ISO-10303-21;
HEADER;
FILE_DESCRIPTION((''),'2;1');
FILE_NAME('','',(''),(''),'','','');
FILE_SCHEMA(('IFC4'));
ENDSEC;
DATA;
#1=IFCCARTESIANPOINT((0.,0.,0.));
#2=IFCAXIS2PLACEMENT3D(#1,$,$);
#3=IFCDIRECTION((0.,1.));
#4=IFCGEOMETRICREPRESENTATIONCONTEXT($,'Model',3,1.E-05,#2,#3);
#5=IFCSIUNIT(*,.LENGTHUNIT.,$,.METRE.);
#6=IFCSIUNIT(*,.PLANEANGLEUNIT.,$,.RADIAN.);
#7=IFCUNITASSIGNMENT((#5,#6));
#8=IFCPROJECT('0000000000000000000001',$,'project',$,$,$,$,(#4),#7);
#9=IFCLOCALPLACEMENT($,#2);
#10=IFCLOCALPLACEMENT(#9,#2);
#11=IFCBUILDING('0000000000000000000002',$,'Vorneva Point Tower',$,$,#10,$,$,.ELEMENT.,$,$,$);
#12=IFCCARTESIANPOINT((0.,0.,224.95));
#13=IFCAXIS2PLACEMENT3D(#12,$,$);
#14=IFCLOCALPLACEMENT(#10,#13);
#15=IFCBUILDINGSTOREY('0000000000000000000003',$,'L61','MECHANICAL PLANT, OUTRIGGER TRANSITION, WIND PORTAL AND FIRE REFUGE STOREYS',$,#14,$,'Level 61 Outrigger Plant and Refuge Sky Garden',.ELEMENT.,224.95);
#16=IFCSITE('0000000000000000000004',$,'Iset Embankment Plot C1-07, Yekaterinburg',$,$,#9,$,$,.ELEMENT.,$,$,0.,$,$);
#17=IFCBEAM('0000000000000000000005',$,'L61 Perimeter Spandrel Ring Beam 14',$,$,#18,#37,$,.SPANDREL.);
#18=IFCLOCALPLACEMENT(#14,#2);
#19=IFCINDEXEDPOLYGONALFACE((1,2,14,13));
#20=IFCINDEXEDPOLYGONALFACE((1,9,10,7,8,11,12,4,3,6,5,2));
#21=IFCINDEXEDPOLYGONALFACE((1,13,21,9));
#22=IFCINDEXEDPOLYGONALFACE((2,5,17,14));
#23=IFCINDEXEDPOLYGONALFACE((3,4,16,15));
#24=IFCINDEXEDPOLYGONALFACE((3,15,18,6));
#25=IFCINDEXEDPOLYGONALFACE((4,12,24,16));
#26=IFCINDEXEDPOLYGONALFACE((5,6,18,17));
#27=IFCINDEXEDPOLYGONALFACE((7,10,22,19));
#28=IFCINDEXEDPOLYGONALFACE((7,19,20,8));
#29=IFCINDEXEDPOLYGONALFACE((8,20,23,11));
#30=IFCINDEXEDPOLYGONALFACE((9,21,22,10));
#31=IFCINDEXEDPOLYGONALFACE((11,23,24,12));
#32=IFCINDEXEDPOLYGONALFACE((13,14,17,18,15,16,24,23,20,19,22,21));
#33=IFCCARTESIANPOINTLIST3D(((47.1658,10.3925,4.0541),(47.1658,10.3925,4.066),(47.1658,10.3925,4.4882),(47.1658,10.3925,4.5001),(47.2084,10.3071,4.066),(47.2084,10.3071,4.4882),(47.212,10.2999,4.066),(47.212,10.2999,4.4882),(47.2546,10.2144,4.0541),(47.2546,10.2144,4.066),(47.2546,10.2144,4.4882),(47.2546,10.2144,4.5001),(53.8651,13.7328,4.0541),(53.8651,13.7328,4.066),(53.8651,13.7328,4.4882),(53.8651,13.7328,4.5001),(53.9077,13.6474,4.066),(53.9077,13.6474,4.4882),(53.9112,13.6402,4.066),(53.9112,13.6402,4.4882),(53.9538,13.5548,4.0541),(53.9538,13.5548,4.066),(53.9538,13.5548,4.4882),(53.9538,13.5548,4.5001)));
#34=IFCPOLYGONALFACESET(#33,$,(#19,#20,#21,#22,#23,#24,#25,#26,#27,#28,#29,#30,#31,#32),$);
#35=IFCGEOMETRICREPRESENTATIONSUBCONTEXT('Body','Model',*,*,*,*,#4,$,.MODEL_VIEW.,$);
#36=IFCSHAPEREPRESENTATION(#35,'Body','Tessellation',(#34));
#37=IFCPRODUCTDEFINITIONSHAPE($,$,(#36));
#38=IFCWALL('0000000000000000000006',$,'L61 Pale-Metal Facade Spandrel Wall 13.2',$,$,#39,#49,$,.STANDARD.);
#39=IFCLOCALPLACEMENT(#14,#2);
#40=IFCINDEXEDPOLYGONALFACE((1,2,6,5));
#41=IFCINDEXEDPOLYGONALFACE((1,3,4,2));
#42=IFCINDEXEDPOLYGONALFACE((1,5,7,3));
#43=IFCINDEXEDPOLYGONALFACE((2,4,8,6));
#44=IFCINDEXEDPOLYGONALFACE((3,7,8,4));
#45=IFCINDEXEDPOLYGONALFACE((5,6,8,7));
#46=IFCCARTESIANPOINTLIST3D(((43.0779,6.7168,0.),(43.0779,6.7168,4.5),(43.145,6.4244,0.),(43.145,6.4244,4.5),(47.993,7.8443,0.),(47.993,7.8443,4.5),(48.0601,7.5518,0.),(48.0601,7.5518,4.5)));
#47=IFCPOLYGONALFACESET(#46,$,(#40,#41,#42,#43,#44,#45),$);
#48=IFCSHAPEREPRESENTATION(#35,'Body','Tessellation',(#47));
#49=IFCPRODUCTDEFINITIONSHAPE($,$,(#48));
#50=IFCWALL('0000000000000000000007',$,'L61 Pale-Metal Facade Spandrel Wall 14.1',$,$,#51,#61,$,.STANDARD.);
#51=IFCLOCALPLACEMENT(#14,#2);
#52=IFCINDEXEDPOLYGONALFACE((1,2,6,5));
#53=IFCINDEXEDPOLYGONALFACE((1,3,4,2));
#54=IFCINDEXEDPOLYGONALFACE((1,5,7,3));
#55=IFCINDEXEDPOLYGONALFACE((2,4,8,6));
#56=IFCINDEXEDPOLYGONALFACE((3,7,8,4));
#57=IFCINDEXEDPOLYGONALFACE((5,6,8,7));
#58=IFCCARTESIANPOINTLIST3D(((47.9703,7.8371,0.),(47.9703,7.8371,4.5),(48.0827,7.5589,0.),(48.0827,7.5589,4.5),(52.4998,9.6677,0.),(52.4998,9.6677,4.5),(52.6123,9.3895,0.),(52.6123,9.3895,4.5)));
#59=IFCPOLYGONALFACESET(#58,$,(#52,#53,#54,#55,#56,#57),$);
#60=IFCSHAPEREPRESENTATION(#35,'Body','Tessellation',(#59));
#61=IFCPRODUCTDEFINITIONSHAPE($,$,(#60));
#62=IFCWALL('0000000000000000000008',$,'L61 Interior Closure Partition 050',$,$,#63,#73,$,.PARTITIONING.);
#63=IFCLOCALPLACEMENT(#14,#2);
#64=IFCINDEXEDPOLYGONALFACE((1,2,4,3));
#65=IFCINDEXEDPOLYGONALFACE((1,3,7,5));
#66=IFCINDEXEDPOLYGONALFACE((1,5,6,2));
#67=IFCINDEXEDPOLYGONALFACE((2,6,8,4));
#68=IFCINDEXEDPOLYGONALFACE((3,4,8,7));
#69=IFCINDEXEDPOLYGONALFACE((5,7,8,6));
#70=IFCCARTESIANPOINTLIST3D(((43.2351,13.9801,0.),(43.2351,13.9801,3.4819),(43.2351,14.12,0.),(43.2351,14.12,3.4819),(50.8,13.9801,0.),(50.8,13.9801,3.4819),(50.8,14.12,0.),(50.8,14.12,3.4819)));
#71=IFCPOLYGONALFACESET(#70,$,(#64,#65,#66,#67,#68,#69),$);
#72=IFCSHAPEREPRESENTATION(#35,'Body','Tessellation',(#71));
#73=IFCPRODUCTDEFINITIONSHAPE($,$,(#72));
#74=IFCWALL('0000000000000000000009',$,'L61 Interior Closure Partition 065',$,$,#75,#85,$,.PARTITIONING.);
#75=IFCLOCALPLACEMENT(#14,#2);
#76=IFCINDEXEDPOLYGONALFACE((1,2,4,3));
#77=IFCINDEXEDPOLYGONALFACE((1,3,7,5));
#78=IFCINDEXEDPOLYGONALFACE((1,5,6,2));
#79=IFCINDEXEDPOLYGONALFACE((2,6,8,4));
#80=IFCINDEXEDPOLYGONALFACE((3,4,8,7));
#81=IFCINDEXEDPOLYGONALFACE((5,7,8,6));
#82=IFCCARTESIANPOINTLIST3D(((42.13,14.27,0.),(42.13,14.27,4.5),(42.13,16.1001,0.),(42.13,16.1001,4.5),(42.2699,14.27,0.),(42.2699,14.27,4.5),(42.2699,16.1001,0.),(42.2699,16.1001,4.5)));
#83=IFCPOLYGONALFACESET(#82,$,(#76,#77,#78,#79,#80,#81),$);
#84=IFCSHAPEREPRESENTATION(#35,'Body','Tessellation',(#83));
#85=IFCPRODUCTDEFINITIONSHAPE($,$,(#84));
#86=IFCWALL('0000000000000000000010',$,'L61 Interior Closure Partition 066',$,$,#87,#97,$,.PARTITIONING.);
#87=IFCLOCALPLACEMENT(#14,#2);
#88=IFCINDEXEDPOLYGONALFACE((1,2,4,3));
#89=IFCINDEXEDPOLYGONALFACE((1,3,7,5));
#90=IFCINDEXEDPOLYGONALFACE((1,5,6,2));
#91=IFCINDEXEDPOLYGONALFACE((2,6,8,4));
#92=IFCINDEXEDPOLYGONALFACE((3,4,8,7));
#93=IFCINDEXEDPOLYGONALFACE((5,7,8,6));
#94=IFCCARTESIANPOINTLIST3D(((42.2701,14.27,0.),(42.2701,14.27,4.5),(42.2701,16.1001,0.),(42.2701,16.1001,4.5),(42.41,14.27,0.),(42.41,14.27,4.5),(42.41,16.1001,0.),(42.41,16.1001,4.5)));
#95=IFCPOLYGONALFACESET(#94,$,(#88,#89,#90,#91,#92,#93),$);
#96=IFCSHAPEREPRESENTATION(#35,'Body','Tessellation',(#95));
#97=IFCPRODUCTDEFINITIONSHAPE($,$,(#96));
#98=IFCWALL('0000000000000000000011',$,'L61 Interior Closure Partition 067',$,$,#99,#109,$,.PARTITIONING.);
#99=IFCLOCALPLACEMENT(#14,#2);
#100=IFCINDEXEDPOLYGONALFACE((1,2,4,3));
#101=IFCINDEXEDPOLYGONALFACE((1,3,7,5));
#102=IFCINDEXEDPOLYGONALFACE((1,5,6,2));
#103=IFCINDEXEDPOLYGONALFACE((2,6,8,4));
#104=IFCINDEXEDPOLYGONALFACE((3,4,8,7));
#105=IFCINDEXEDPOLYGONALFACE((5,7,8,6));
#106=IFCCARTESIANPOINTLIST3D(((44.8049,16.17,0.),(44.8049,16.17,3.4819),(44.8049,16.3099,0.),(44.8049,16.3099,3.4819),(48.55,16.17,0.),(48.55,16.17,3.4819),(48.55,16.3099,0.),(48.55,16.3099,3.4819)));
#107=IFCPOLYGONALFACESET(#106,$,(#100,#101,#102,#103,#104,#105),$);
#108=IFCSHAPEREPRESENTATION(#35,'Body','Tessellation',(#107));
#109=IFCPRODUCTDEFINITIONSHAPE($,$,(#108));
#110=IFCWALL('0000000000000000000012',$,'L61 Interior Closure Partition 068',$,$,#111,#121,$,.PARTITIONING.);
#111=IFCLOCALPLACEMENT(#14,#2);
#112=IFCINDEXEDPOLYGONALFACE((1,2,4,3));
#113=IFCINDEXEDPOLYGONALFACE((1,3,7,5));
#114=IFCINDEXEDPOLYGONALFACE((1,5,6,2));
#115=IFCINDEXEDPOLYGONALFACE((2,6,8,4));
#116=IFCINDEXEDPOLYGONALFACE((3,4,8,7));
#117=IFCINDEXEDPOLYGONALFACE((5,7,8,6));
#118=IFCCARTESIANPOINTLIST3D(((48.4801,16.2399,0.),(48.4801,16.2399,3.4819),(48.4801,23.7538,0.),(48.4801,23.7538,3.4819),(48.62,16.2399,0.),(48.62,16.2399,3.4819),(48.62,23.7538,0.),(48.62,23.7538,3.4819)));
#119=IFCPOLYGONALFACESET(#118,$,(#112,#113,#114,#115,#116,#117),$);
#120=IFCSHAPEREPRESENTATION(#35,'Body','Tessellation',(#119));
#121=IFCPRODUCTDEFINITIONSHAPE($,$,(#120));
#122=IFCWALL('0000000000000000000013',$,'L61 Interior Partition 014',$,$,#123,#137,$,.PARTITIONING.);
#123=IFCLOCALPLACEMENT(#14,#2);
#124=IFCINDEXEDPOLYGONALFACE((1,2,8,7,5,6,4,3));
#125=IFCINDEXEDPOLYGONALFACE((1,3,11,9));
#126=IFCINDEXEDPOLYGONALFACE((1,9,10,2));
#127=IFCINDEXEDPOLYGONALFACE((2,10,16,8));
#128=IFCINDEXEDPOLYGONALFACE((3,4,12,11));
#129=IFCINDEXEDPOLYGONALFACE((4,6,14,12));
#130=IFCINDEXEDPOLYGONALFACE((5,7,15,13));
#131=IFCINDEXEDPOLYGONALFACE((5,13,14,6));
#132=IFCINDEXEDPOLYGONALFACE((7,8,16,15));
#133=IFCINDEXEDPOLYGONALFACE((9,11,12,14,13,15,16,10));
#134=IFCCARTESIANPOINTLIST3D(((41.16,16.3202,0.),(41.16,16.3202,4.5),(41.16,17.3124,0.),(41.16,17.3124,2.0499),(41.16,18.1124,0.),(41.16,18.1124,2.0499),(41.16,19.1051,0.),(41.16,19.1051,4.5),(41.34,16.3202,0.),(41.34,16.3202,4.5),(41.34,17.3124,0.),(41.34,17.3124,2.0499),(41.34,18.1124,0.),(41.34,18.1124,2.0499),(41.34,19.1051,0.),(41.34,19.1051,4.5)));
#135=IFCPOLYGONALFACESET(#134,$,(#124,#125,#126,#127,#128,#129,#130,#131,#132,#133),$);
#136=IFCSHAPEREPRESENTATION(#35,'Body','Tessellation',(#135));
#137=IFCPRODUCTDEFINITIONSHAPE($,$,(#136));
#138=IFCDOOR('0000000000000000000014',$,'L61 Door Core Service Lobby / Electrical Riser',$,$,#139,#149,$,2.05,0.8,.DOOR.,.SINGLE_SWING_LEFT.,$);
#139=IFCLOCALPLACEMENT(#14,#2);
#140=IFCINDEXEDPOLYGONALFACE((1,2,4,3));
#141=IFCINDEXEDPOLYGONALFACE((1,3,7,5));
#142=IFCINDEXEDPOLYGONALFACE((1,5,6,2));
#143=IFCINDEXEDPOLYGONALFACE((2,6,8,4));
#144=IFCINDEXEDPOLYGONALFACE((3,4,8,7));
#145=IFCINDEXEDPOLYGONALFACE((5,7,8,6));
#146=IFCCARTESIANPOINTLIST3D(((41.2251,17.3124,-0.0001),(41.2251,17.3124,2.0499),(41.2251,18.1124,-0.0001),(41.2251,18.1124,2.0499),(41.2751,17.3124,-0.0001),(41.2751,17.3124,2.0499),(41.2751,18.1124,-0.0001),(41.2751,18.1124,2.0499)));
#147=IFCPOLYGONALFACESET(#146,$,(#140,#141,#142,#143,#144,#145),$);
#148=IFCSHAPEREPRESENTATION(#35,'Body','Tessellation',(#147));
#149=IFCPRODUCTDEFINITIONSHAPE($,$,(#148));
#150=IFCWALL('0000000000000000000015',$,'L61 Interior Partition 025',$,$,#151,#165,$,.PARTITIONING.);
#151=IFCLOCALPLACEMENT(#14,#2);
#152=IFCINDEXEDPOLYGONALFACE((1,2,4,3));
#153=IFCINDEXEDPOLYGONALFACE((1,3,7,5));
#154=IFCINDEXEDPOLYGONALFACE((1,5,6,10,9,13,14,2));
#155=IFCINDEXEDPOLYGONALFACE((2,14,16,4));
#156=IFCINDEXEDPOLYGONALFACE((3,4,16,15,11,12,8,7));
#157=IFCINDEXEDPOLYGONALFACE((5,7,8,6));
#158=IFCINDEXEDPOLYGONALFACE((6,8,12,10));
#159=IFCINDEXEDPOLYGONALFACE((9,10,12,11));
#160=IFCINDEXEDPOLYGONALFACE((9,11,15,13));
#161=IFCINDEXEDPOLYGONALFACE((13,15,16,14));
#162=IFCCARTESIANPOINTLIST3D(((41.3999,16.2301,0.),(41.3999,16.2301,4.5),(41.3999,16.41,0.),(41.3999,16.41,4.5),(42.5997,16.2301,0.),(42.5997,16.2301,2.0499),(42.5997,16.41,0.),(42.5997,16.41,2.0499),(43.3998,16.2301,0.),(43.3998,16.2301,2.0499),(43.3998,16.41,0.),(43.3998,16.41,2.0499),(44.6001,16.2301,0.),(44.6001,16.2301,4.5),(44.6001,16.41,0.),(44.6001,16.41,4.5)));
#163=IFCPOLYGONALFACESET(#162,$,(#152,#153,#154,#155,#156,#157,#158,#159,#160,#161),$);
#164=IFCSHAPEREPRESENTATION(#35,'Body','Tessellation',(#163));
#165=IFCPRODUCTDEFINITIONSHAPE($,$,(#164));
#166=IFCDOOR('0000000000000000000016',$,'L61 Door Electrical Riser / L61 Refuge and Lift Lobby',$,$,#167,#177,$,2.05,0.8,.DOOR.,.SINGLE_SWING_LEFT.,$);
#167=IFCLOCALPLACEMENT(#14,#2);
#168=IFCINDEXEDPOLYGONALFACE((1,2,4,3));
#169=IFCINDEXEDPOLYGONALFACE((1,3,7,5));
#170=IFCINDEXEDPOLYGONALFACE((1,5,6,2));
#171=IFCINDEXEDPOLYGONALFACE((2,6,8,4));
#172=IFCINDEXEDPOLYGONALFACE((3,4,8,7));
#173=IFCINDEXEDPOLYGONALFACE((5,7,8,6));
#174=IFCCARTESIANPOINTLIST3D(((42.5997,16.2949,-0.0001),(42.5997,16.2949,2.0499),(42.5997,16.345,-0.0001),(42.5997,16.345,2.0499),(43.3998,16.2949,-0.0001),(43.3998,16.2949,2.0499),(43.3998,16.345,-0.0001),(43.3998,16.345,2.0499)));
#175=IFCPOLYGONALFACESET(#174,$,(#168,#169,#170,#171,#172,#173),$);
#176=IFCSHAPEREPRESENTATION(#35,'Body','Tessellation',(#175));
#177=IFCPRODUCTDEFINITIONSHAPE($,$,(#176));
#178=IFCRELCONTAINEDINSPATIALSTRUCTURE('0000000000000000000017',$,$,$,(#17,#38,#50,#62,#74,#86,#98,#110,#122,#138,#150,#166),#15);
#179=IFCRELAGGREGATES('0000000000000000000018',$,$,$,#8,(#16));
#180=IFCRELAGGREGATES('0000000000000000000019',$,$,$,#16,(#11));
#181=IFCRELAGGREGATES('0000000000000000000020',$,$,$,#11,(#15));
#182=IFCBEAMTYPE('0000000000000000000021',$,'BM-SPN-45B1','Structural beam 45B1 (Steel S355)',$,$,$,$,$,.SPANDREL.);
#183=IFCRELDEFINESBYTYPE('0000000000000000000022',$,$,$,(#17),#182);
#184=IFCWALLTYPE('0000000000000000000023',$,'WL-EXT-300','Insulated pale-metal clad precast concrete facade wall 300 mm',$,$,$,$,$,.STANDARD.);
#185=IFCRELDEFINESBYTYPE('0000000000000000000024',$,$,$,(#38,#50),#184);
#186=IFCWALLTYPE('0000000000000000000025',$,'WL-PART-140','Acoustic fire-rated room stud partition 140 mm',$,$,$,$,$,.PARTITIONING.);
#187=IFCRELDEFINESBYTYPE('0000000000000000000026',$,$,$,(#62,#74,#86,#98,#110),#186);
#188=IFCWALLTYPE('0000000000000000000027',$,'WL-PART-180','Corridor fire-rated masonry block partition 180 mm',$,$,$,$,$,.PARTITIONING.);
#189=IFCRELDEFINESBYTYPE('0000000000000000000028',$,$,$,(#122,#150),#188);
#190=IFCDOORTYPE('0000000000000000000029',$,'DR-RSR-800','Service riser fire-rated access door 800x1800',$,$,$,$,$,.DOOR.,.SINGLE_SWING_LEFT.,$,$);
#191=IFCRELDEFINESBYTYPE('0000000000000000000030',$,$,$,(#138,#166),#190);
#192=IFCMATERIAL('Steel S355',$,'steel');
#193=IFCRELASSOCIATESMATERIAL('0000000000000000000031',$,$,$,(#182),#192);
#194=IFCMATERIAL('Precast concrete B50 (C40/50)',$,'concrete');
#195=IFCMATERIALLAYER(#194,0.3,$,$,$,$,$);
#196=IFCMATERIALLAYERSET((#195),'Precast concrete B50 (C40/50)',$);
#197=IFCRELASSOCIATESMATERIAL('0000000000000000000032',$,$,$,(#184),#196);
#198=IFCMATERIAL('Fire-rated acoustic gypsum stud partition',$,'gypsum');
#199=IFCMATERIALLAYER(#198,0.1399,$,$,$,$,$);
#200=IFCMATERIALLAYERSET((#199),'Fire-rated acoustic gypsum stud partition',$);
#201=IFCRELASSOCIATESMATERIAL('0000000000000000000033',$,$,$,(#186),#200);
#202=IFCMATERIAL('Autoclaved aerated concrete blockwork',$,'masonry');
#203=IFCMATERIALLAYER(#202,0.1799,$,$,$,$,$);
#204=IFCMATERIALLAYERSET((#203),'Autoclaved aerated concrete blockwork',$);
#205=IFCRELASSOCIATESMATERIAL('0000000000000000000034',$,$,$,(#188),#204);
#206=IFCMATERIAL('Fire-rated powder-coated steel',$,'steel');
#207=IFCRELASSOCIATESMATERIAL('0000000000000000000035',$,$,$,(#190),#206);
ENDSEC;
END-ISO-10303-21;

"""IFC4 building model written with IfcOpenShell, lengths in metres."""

from ifc_helpers import new_model, si_unit, direction, frame, frame_2d, origin, origin_2d, place, context, subcontext, project, spatial, rectangle, i_section, extrude, material, layer, layer_set, material_profile, profile_set, type_object, element, fill, save


model = new_model("IFC4")

# Units and contexts
model_context = context("Model", 3, precision=1e-05, world=origin(), true_north=direction((0.0, 1.0)))
body_context = subcontext(model_context, "Body", "Model", "MODEL_VIEW")
ifc_project = project(units=[si_unit("LENGTHUNIT", "METRE"), si_unit("PLANEANGLEUNIT", "RADIAN")], contexts=[model_context])

# Site, building, storey
site_placement = place(None, origin())
site = spatial("IfcSite", under=ifc_project, at=site_placement, Name="Iset Embankment Plot C1-07, Yekaterinburg", CompositionType="ELEMENT", RefElevation=0.0)
building_placement = place(site_placement, origin())
building = spatial("IfcBuilding", under=site, at=building_placement, Name="Vorneva Point Tower", CompositionType="ELEMENT")
storey_placement = place(building_placement, frame((0.0, 0.0, 224.95)))
storey = spatial("IfcBuildingStorey", under=building, at=storey_placement, Name="L61", Description="MECHANICAL PLANT, OUTRIGGER TRANSITION, WIND PORTAL AND FIRE REFUGE STOREYS", LongName="Level 61 Outrigger Plant and Refuge Sky Garden", CompositionType="ELEMENT", Elevation=224.95)

# Beam
ifc_material_1 = material(Name="Steel S355", Category="steel")
ifc_material_profile_1 = material_profile(ifc_material_1, i_section(OverallWidth=0.199, OverallDepth=0.446, WebThickness=0.0081, FlangeThickness=0.012, at=origin_2d()), Name="45B1")
ifc_profile_set_1 = profile_set([ifc_material_profile_1], Name="Steel S355")
beam_type_1 = type_object("IfcBeamType", Name="BM-SPN-45B1", Description="Structural beam 45B1 (Steel S355)", PredefinedType="SPANDREL", material=ifc_profile_set_1)
beam_1_placement = place(storey_placement, frame((47.2102, 10.3035, 4.2771), z_axis=(0.894922, 0.446222, 0.0), x_axis=(-0.446222, 0.894922, 0.0)))
element("IfcBeam", 1, at=beam_1_placement, inside=storey, type_object=beam_type_1, Name="L61 Perimeter Spandrel Ring Beam 14", PredefinedType="SPANDREL", context=body_context, shape_type="SweptSolid", body=[
    extrude(i_section(OverallWidth=0.199, OverallDepth=0.446, WebThickness=0.0081, FlangeThickness=0.012, at=origin_2d()), origin(), (0.0, 0.0, 1.0), 7.4858),
])

# Walls
ifc_material_2 = material(Name="Precast concrete B50 (C40/50)", Category="concrete")
ifc_layer_1 = layer(ifc_material_2, 0.3)
ifc_layer_set_1 = layer_set([ifc_layer_1], Name="Precast concrete B50 (C40/50)")
wall_type_1 = type_object("IfcWallType", Name="WL-EXT-300", Description="Insulated pale-metal clad precast concrete facade wall 300 mm", PredefinedType="STANDARD", material=ifc_layer_set_1)
wall_1_placement = place(storey_placement, frame((43.1113, 6.5706, 0.0), z_axis=(0.0, 0.0, 1.0), x_axis=(0.974686, 0.223579, 0.0)))
element("IfcWall", 2, at=wall_1_placement, inside=storey, type_object=wall_type_1, Name="L61 Pale-Metal Facade Spandrel Wall 13.2", PredefinedType="STANDARD", context=body_context, shape_type="SweptSolid", body=[
    extrude(rectangle(XDim=5.0427, YDim=0.3, at=frame_2d((2.5215, 0.0))), origin(), (0.0, 0.0, 1.0), 4.5),
])
wall_2_placement = place(storey_placement, frame((48.0264, 7.698, 0.0), z_axis=(0.0, 0.0, 1.0), x_axis=(0.927147, 0.374697, 0.0)))
element("IfcWall", 3, at=wall_2_placement, inside=storey, type_object=wall_type_1, Name="L61 Pale-Metal Facade Spandrel Wall 14.1", PredefinedType="STANDARD", context=body_context, shape_type="SweptSolid", body=[
    extrude(rectangle(XDim=4.8855, YDim=0.3, at=frame_2d((2.4429, 0.0))), origin(), (0.0, 0.0, 1.0), 4.5),
])
ifc_material_3 = material(Name="Fire-rated acoustic gypsum stud partition", Category="gypsum")
ifc_layer_2 = layer(ifc_material_3, 0.1399)
ifc_layer_set_2 = layer_set([ifc_layer_2], Name="Fire-rated acoustic gypsum stud partition")
wall_type_2 = type_object("IfcWallType", Name="WL-PART-140", Description="Acoustic fire-rated room stud partition 140 mm", PredefinedType="PARTITIONING", material=ifc_layer_set_2)
wall_3_placement = place(storey_placement, frame((43.2351, 14.05, 0.0), z_axis=(0.0, 0.0, 1.0), x_axis=(1.0, 0.0, 0.0)))
element("IfcWall", 4, at=wall_3_placement, inside=storey, type_object=wall_type_2, Name="L61 Interior Closure Partition 050", PredefinedType="PARTITIONING", context=body_context, shape_type="SweptSolid", body=[
    extrude(rectangle(XDim=7.5649, YDim=0.1399, at=frame_2d((3.7825, 0.0))), origin(), (0.0, 0.0, 1.0), 3.4819),
])
for number, where, z_axis, x_axis, name in (
    (5, (42.2, 16.1001, 0.0), (0.0, 0.0, 1.0), (0.0, -1.0, 0.0), "L61 Interior Closure Partition 065"),
    (6, (42.3401, 14.27, 0.0), (0.0, 0.0, 1.0), (0.0, 1.0, 0.0), "L61 Interior Closure Partition 066"),
):
    element("IfcWall", number, at=place(storey_placement, frame(where, z_axis=z_axis, x_axis=x_axis)), inside=storey, type_object=wall_type_2, Name=name, PredefinedType="PARTITIONING", context=body_context, shape_type="SweptSolid", body=[
        extrude(rectangle(XDim=1.8301, YDim=0.1399, at=frame_2d((0.915, 0.0))), origin(), (0.0, 0.0, 1.0), 4.5),
    ])
wall_4_placement = place(storey_placement, frame((44.8049, 16.24, 0.0), z_axis=(0.0, 0.0, 1.0), x_axis=(1.0, 0.0, 0.0)))
element("IfcWall", 7, at=wall_4_placement, inside=storey, type_object=wall_type_2, Name="L61 Interior Closure Partition 067", PredefinedType="PARTITIONING", context=body_context, shape_type="SweptSolid", body=[
    extrude(rectangle(XDim=3.7451, YDim=0.1399, at=frame_2d((1.8726, 0.0))), origin(), (0.0, 0.0, 1.0), 3.4819),
])
wall_5_placement = place(storey_placement, frame((48.55, 16.24, 0.0), z_axis=(0.0, 0.0, 1.0), x_axis=(0.0, 1.0, 0.0)))
element("IfcWall", 8, at=wall_5_placement, inside=storey, type_object=wall_type_2, Name="L61 Interior Closure Partition 068", PredefinedType="PARTITIONING", context=body_context, shape_type="SweptSolid", body=[
    extrude(rectangle(XDim=7.5139, YDim=0.1399, at=frame_2d((3.7568, 0.0))), origin(), (0.0, 0.0, 1.0), 3.4819),
])

# Walls, openings, doors
ifc_material_4 = material(Name="Autoclaved aerated concrete blockwork", Category="masonry")
ifc_layer_3 = layer(ifc_material_4, 0.1799)
ifc_layer_set_3 = layer_set([ifc_layer_3], Name="Autoclaved aerated concrete blockwork")
wall_type_3 = type_object("IfcWallType", Name="WL-PART-180", Description="Corridor fire-rated masonry block partition 180 mm", PredefinedType="PARTITIONING", material=ifc_layer_set_3)
wall_6_placement = place(storey_placement, frame((41.25, 16.3201, 0.0), z_axis=(0.0, 0.0, 1.0), x_axis=(0.0, 1.0, 0.0)))
wall_6 = element("IfcWall", 9, at=wall_6_placement, inside=storey, type_object=wall_type_3, Name="L61 Interior Partition 014", PredefinedType="PARTITIONING", context=body_context, shape_type="SweptSolid", body=[
    extrude(rectangle(XDim=2.7849, YDim=0.1799, at=frame_2d((1.3926, 0.0))), origin(), (0.0, 0.0, 1.0), 4.5),
])
opening_1_placement = place(wall_6_placement, frame((0.9924, 0.0, 0.0)))
opening_1 = element("IfcOpeningElement", 10, at=opening_1_placement, cuts=wall_6, PredefinedType="OPENING", context=body_context, shape_type="SweptSolid", body=[
    extrude(rectangle(XDim=0.8, YDim=2.05, at=frame_2d((0.3999, 1.0249))), frame((0.0, 0.105, 0.0), z_axis=(0.0, -1.0, 0.0), x_axis=(1.0, 0.0, 0.0)), (0.0, 0.0, 1.0), 0.2097),
])
ifc_material_5 = material(Name="Fire-rated powder-coated steel", Category="steel")
door_type_1 = type_object("IfcDoorType", Name="DR-RSR-800", Description="Service riser fire-rated access door 800x1800", OperationType="SINGLE_SWING_LEFT", PredefinedType="DOOR", material=ifc_material_5)
door_1_placement = place(opening_1_placement, origin())
door_1 = element("IfcDoor", 11, at=door_1_placement, inside=storey, type_object=door_type_1, Name="L61 Door Core Service Lobby / Electrical Riser", OperationType="SINGLE_SWING_LEFT", OverallHeight=2.05, OverallWidth=0.8, PredefinedType="DOOR", context=body_context, shape_type="SweptSolid", body=[
    extrude(rectangle(XDim=0.8, YDim=2.05, at=frame_2d((0.3999, 1.0249))), frame((0.0, 0.0249, 0.0), z_axis=(0.0, -1.0, 0.0), x_axis=(1.0, 0.0, 0.0)), (0.0, 0.0, 1.0), 0.05),
])
fill(opening_1, door_1)
wall_7_placement = place(storey_placement, frame((41.3999, 16.3201, 0.0), z_axis=(0.0, 0.0, 1.0), x_axis=(1.0, 0.0, 0.0)))
wall_7 = element("IfcWall", 12, at=wall_7_placement, inside=storey, type_object=wall_type_3, Name="L61 Interior Partition 025", PredefinedType="PARTITIONING", context=body_context, shape_type="SweptSolid", body=[
    extrude(rectangle(XDim=3.2002, YDim=0.1799, at=frame_2d((1.6001, 0.0))), origin(), (0.0, 0.0, 1.0), 4.5),
])
opening_2_placement = place(wall_7_placement, frame((1.2, 0.0, 0.0)))
opening_2 = element("IfcOpeningElement", 13, at=opening_2_placement, cuts=wall_7, PredefinedType="OPENING", context=body_context, shape_type="SweptSolid", body=[
    extrude(rectangle(XDim=0.8, YDim=2.05, at=frame_2d((0.3999, 1.0249))), frame((0.0, 0.105, 0.0), z_axis=(0.0, -1.0, 0.0), x_axis=(1.0, 0.0, 0.0)), (0.0, 0.0, 1.0), 0.2097),
])
door_2_placement = place(opening_2_placement, origin())
door_2 = element("IfcDoor", 14, at=door_2_placement, inside=storey, type_object=door_type_1, Name="L61 Door Electrical Riser / L61 Refuge and Lift Lobby", OperationType="SINGLE_SWING_LEFT", OverallHeight=2.05, OverallWidth=0.8, PredefinedType="DOOR", context=body_context, shape_type="SweptSolid", body=[
    extrude(rectangle(XDim=0.8, YDim=2.05, at=frame_2d((0.3999, 1.0249))), frame((0.0, 0.0249, 0.0), z_axis=(0.0, -1.0, 0.0), x_axis=(1.0, 0.0, 0.0)), (0.0, 0.0, 1.0), 0.05),
])
fill(opening_2, door_2)

save(model, "model.ifc")
